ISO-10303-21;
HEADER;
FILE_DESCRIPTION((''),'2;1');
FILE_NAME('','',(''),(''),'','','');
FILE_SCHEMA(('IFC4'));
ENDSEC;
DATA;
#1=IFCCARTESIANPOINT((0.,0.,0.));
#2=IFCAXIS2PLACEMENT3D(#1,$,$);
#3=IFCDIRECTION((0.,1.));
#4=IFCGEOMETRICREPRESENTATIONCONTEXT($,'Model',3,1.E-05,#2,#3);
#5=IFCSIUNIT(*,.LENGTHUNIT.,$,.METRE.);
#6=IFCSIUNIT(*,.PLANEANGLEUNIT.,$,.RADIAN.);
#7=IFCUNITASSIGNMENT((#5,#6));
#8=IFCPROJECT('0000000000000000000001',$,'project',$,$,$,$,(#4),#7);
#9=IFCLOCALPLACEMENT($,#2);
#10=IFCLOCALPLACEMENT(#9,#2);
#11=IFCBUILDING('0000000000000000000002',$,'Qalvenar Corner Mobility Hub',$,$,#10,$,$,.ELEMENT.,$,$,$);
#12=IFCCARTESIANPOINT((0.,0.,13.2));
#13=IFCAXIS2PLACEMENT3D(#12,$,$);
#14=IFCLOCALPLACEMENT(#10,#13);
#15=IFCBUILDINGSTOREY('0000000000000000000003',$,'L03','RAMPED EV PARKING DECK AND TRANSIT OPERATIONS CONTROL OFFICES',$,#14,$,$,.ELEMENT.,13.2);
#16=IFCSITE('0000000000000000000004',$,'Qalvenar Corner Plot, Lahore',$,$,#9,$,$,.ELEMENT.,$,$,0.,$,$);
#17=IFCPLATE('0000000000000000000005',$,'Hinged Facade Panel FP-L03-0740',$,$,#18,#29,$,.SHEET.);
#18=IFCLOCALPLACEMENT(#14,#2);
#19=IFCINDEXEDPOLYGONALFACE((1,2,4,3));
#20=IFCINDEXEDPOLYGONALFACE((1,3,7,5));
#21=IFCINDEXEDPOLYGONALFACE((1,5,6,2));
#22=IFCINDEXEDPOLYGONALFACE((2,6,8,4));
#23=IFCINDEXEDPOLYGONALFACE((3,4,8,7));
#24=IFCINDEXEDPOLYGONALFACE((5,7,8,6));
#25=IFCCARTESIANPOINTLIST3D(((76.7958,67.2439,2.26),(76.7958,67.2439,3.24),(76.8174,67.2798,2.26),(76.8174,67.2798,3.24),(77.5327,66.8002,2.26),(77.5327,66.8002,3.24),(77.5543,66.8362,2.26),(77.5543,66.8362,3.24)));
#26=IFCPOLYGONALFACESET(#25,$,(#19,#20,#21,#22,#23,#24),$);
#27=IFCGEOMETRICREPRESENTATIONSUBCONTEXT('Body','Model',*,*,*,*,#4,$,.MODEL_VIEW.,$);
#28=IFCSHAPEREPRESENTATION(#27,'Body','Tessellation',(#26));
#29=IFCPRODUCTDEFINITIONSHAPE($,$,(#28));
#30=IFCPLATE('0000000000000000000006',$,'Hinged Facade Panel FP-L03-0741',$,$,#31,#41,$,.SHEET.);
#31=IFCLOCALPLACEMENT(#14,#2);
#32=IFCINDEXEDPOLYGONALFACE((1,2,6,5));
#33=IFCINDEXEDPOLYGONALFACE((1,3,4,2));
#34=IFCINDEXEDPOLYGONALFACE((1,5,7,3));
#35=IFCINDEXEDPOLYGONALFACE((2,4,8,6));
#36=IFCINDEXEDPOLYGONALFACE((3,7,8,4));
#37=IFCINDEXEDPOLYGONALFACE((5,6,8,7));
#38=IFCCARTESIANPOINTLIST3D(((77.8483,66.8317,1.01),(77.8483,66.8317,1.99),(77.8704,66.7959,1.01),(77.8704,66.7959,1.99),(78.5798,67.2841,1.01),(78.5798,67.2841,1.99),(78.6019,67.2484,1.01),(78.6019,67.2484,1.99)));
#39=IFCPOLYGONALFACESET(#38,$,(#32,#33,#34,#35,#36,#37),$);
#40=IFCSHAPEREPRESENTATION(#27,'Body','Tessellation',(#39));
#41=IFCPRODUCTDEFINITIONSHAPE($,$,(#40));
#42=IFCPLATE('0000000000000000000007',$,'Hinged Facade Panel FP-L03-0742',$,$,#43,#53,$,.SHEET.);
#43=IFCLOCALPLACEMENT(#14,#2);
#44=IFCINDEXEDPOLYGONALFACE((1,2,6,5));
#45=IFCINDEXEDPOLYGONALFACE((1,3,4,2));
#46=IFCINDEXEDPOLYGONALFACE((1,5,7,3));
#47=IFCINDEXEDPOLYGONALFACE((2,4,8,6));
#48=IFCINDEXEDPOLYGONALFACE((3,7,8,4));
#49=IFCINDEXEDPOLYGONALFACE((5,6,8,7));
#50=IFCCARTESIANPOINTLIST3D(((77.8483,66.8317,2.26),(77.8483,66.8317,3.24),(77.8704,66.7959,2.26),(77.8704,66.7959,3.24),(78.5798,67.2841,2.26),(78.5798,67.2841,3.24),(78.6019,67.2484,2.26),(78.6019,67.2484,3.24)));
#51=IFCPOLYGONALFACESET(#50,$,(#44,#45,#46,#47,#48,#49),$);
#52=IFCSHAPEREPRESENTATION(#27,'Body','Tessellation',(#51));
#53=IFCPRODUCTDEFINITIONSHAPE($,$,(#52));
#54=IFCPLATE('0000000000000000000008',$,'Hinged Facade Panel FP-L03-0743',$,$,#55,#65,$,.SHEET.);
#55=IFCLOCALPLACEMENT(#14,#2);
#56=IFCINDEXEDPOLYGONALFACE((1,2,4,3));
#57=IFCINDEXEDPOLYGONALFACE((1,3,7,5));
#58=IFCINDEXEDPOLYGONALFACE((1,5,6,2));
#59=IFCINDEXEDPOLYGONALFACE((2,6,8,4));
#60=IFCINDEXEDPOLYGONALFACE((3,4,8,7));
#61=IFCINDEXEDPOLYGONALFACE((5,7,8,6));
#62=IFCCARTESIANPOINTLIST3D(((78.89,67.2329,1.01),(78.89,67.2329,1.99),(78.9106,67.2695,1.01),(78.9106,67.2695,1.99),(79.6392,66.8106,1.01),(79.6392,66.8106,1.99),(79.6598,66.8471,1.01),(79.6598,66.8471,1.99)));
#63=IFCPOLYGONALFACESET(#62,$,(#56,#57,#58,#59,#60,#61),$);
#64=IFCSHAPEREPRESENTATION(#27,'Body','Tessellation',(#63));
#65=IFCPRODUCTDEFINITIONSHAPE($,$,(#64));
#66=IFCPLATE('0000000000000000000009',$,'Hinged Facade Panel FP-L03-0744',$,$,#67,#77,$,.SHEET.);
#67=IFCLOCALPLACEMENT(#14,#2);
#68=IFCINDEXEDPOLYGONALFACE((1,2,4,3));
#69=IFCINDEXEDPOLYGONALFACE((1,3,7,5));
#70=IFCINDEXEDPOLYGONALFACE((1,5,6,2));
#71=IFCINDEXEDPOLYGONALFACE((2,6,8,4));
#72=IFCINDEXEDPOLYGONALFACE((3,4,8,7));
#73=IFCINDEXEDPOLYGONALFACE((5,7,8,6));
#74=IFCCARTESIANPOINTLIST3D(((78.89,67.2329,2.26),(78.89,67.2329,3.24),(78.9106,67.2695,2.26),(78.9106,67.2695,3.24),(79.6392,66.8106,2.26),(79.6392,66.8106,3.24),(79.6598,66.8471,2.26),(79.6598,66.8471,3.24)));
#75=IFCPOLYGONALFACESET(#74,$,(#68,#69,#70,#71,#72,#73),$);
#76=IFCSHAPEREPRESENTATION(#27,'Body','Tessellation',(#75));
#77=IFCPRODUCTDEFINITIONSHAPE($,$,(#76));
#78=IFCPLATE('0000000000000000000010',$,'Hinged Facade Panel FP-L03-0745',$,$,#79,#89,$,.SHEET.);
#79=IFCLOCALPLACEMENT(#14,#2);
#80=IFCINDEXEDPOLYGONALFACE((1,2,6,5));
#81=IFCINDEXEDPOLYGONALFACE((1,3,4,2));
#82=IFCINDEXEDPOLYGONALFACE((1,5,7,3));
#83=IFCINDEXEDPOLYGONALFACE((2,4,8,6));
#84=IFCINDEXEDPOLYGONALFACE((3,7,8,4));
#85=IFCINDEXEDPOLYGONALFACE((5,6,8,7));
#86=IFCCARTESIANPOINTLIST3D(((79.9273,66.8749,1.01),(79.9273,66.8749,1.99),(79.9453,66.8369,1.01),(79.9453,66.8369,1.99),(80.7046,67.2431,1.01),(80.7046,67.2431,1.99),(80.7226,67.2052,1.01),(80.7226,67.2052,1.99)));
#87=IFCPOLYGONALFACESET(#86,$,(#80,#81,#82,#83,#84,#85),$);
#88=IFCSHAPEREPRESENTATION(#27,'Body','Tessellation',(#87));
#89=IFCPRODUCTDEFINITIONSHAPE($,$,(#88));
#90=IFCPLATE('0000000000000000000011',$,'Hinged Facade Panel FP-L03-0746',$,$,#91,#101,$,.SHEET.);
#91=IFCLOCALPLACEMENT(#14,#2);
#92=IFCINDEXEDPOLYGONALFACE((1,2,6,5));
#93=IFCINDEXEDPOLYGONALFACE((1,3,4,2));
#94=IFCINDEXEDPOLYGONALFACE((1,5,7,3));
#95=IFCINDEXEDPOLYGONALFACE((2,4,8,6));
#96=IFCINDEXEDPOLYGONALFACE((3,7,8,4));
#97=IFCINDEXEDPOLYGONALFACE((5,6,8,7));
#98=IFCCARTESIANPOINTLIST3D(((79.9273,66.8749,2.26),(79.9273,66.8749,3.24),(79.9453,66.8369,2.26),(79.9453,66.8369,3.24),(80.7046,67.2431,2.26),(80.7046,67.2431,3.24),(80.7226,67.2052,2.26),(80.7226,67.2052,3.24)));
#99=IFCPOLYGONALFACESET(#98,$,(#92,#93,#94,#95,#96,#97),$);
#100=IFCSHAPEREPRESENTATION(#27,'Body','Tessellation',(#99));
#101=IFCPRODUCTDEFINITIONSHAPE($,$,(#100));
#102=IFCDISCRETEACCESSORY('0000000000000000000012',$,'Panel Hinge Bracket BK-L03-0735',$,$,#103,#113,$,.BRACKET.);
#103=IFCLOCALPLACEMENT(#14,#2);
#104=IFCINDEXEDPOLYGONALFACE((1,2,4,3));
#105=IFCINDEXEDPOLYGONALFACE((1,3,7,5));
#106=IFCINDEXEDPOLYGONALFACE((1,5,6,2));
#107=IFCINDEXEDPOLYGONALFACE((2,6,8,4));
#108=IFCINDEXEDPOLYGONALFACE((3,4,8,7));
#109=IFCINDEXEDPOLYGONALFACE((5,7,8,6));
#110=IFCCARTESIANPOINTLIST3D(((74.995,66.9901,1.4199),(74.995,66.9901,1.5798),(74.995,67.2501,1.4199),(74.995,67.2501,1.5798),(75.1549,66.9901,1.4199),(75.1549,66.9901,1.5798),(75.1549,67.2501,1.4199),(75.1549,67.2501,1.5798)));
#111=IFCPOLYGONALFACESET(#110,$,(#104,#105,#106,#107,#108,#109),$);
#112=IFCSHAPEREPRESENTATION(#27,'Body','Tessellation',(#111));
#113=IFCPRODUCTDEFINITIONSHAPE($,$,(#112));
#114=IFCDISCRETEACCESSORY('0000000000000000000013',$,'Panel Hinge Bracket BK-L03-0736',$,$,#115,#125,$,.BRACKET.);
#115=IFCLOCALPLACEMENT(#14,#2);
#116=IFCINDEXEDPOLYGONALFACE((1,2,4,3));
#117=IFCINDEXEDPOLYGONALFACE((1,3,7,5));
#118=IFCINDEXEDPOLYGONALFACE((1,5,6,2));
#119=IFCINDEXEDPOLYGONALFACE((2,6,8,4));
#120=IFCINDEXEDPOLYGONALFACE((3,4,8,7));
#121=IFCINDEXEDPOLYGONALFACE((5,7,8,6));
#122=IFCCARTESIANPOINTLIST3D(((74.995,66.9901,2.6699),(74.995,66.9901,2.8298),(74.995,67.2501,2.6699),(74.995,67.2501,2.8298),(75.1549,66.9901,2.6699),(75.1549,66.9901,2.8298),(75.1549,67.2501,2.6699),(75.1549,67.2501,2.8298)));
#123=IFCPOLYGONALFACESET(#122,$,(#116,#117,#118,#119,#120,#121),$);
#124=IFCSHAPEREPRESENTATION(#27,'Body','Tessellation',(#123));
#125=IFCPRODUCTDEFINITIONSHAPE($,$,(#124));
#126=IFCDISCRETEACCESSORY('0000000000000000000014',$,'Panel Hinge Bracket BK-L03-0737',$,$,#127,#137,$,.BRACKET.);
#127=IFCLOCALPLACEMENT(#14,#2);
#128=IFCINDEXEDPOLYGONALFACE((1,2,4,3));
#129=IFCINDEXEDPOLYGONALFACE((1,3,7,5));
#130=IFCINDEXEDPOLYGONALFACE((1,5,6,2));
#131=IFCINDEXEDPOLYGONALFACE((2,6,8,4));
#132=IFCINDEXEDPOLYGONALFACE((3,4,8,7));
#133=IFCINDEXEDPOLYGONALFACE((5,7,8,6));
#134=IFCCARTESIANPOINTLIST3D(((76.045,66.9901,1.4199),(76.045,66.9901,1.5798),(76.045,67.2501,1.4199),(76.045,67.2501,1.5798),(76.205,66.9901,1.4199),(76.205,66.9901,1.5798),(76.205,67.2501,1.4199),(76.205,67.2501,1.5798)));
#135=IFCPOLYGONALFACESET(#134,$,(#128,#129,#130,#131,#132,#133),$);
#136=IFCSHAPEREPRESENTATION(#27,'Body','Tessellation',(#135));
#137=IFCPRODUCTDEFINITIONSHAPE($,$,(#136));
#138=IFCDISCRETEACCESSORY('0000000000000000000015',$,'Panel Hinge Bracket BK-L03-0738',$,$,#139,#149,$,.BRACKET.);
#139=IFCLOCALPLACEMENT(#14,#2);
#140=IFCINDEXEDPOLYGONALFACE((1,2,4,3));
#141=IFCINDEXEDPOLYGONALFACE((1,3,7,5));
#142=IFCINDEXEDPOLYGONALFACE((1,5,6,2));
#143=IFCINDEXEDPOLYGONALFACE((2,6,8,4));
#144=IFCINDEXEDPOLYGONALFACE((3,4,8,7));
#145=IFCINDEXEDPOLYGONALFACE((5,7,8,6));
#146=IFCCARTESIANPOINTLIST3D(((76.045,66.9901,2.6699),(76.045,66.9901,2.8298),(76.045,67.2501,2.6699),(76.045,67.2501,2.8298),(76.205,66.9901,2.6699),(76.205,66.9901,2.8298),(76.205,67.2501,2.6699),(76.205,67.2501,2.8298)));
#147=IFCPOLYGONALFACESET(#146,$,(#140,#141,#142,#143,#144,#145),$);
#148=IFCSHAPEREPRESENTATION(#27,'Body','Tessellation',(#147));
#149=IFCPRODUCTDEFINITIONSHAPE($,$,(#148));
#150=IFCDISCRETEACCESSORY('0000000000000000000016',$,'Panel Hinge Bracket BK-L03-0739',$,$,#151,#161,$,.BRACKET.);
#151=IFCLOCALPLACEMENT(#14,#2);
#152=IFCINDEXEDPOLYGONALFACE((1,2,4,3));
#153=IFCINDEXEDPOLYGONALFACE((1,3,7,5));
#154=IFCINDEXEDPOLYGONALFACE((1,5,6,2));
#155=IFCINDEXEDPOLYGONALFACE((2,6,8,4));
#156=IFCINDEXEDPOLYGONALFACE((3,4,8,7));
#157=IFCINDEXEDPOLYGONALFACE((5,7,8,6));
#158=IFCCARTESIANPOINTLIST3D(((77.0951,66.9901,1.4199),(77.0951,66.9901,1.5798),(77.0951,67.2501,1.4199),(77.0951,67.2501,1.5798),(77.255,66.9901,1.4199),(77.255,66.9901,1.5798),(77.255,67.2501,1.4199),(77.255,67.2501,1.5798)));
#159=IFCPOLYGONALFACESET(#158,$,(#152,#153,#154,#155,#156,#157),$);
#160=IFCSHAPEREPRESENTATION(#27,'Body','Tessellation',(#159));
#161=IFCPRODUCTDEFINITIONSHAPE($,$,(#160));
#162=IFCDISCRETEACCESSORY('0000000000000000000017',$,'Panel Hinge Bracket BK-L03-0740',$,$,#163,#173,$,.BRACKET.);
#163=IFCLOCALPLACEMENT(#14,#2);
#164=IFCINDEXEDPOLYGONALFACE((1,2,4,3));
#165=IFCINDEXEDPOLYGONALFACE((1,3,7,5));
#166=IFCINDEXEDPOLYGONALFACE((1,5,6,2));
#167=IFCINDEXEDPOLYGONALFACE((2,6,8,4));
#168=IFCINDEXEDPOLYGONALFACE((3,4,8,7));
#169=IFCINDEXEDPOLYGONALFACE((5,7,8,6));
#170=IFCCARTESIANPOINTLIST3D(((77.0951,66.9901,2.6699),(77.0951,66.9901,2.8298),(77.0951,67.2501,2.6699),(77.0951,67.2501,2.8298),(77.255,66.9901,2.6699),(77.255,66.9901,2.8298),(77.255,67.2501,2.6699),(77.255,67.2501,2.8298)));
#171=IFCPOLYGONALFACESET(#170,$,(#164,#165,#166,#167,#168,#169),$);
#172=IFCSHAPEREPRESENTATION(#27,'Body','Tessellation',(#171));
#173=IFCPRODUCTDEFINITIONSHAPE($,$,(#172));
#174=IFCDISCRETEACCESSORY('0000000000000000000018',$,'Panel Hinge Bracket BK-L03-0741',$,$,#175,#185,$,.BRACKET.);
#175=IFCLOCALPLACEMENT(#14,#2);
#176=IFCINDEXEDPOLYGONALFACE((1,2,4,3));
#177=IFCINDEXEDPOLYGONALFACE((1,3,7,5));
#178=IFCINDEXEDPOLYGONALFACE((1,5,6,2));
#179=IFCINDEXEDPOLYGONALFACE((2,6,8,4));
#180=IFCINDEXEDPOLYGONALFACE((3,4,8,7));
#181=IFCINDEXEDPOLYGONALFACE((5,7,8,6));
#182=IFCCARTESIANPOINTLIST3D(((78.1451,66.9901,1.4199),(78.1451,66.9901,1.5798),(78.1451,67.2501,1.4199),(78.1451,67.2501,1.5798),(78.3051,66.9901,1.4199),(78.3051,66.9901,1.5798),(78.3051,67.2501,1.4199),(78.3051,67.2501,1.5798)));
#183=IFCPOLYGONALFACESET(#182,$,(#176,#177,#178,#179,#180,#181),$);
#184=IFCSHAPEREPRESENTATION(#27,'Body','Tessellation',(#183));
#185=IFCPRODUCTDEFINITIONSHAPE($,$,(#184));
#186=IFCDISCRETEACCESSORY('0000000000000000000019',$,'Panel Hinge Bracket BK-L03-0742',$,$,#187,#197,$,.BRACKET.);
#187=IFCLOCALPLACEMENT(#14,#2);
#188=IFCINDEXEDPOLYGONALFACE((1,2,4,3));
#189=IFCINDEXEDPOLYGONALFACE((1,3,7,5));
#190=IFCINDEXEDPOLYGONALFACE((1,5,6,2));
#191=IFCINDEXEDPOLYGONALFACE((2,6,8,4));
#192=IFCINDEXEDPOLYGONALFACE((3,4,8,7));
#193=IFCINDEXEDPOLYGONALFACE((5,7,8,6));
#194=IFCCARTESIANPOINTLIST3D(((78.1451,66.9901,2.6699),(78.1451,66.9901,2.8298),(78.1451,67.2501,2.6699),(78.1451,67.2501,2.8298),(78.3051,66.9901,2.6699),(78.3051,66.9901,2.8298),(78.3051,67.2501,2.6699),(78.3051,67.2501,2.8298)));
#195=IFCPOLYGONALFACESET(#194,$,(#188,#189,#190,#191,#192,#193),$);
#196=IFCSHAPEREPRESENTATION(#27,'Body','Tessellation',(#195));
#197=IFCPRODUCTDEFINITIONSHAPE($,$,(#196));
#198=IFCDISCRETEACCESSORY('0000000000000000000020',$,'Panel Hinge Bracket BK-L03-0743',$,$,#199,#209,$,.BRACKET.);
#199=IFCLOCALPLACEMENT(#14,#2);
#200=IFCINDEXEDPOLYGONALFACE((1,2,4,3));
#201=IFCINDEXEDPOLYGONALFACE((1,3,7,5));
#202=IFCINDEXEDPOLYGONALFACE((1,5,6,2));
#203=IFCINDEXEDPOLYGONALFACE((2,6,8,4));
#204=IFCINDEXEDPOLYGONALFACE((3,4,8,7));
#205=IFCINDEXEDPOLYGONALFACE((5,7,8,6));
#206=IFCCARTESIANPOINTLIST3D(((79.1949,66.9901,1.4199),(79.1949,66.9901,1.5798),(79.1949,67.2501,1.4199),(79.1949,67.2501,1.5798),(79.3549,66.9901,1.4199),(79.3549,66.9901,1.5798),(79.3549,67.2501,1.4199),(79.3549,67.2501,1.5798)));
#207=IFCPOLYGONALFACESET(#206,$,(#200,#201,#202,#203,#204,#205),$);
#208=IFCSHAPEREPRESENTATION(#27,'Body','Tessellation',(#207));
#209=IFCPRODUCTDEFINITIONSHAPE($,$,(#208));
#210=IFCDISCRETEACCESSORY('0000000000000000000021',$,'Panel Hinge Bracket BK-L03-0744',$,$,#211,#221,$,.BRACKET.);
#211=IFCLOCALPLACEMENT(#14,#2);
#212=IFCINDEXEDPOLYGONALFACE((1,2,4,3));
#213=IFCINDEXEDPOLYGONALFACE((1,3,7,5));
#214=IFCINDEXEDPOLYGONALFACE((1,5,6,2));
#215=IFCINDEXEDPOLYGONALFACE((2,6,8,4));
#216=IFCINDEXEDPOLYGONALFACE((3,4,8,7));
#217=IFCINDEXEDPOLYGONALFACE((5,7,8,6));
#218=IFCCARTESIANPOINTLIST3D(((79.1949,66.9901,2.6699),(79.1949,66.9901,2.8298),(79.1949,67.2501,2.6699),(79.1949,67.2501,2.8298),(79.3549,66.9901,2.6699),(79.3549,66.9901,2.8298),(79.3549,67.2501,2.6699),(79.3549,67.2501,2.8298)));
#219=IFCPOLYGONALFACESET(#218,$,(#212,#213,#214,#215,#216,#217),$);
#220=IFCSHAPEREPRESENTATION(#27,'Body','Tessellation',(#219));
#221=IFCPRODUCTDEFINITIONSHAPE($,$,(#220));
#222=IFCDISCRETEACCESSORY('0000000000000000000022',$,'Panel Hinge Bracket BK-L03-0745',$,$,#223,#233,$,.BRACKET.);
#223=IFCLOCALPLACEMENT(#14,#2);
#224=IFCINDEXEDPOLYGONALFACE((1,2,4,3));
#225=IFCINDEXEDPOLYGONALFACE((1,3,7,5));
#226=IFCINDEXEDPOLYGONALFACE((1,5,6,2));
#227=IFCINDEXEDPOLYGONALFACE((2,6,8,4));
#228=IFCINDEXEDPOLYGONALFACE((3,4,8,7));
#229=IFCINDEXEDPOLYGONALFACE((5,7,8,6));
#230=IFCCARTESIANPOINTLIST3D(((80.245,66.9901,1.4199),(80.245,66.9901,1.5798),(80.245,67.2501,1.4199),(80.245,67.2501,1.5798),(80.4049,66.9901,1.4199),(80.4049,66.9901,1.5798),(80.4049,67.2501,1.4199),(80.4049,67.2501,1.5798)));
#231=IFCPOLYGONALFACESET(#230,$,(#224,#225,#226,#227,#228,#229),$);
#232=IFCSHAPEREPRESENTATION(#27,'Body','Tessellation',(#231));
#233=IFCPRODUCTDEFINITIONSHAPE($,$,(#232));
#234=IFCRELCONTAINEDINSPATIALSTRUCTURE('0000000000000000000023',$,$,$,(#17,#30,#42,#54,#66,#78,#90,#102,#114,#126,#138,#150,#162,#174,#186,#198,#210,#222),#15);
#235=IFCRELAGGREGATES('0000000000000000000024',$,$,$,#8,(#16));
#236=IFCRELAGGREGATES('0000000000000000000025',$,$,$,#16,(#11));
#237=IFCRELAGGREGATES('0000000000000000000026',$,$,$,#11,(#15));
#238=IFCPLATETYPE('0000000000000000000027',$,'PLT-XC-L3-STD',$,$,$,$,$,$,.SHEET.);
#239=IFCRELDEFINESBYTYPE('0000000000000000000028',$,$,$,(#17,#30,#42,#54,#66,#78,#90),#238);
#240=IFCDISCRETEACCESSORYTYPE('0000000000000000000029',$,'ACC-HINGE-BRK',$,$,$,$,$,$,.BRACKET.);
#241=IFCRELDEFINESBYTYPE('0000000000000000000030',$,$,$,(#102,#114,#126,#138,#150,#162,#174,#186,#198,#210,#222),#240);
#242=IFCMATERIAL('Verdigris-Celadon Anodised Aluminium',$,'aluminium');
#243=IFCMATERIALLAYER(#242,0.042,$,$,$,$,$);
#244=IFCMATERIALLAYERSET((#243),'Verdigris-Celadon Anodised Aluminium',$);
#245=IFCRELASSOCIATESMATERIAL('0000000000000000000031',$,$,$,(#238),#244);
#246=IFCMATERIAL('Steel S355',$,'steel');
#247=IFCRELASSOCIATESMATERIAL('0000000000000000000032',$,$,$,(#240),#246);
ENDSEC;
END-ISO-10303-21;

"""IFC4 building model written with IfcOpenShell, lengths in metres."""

from ifc_helpers import new_model, si_unit, direction, frame, origin, origin_2d, place, context, subcontext, project, spatial, rectangle, extrude, material, layer, layer_set, type_object, element, save


model = new_model("IFC4")

# Units and contexts
model_context = context("Model", 3, precision=1e-05, world=origin(), true_north=direction((0.0, 1.0)))
body_context = subcontext(model_context, "Body", "Model", "MODEL_VIEW")
ifc_project = project(units=[si_unit("LENGTHUNIT", "METRE"), si_unit("PLANEANGLEUNIT", "RADIAN")], contexts=[model_context])

# Site, building, storey
site_placement = place(None, origin())
site = spatial("IfcSite", under=ifc_project, at=site_placement, Name="Qalvenar Corner Plot, Lahore", CompositionType="ELEMENT", RefElevation=0.0)
building_placement = place(site_placement, origin())
building = spatial("IfcBuilding", under=site, at=building_placement, Name="Qalvenar Corner Mobility Hub", CompositionType="ELEMENT")
storey_placement = place(building_placement, frame((0.0, 0.0, 13.2)))
storey = spatial("IfcBuildingStorey", under=building, at=storey_placement, Name="L03", Description="RAMPED EV PARKING DECK AND TRANSIT OPERATIONS CONTROL OFFICES", CompositionType="ELEMENT", Elevation=13.2)

# Shared definitions
ifc_material_1 = material(Name="Steel S355", Category="steel")

# Plates
ifc_material_2 = material(Name="Verdigris-Celadon Anodised Aluminium", Category="aluminium")
ifc_layer = layer(ifc_material_2, 0.042)
ifc_layer_set = layer_set([ifc_layer], Name="Verdigris-Celadon Anodised Aluminium")
plate_type = type_object("IfcPlateType", Name="PLT-XC-L3-STD", PredefinedType="SHEET", material=ifc_layer_set)
for number, where, z_axis, x_axis, name in (
    (1, (77.175, 67.04, 2.26), (0.0, 0.0, 1.0), (0.856718, -0.515786, 0.0), "Hinged Facade Panel FP-L03-0740"),
    (2, (78.2251, 67.04, 1.01), (0.0, 0.0, 1.0), (0.850444, 0.526066, 0.0), "Hinged Facade Panel FP-L03-0741"),
    (3, (78.2251, 67.04, 2.26), (0.0, 0.0, 1.0), (0.850444, 0.526066, 0.0), "Hinged Facade Panel FP-L03-0742"),
    (4, (79.2749, 67.04, 1.01), (0.0, 0.0, 1.0), (0.871128, -0.491056, 0.0), "Hinged Facade Panel FP-L03-0743"),
    (5, (79.2749, 67.04, 2.26), (0.0, 0.0, 1.0), (0.871128, -0.491056, 0.0), "Hinged Facade Panel FP-L03-0744"),
    (6, (80.325, 67.04, 1.01), (0.0, 0.0, 1.0), (0.903709, 0.428147, 0.0), "Hinged Facade Panel FP-L03-0745"),
    (7, (80.325, 67.04, 2.26), (0.0, 0.0, 1.0), (0.903709, 0.428147, 0.0), "Hinged Facade Panel FP-L03-0746"),
):
    element("IfcPlate", number, at=place(storey_placement, frame(where, z_axis=z_axis, x_axis=x_axis)), inside=storey, type_object=plate_type, Name=name, PredefinedType="SHEET", context=body_context, shape_type="SweptSolid", body=[
        extrude(rectangle(XDim=0.8601, YDim=0.042, at=origin_2d()), origin(), (0.0, 0.0, 1.0), 0.98),
    ])

# Discrete accessories
discrete_accessory_type = type_object("IfcDiscreteAccessoryType", Name="ACC-HINGE-BRK", PredefinedType="BRACKET", material=ifc_material_1)
for number, where, z_axis, x_axis, name in (
    (8, (75.075, 67.1201, 1.4199), (0.0, 0.0, 1.0), (1.0, 0.0, 0.0), "Panel Hinge Bracket BK-L03-0735"),
    (9, (75.075, 67.1201, 2.6699), (0.0, 0.0, 1.0), (1.0, 0.0, 0.0), "Panel Hinge Bracket BK-L03-0736"),
    (10, (76.125, 67.1201, 1.4199), (0.0, 0.0, 1.0), (1.0, 0.0, 0.0), "Panel Hinge Bracket BK-L03-0737"),
    (11, (76.125, 67.1201, 2.6699), (0.0, 0.0, 1.0), (1.0, 0.0, 0.0), "Panel Hinge Bracket BK-L03-0738"),
    (12, (77.175, 67.1201, 1.4199), (0.0, 0.0, 1.0), (1.0, 0.0, 0.0), "Panel Hinge Bracket BK-L03-0739"),
    (13, (77.175, 67.1201, 2.6699), (0.0, 0.0, 1.0), (1.0, 0.0, 0.0), "Panel Hinge Bracket BK-L03-0740"),
    (14, (78.2251, 67.1201, 1.4199), (0.0, 0.0, 1.0), (1.0, 0.0, 0.0), "Panel Hinge Bracket BK-L03-0741"),
    (15, (78.2251, 67.1201, 2.6699), (0.0, 0.0, 1.0), (1.0, 0.0, 0.0), "Panel Hinge Bracket BK-L03-0742"),
    (16, (79.2749, 67.1201, 1.4199), (0.0, 0.0, 1.0), (1.0, 0.0, 0.0), "Panel Hinge Bracket BK-L03-0743"),
    (17, (79.2749, 67.1201, 2.6699), (0.0, 0.0, 1.0), (1.0, 0.0, 0.0), "Panel Hinge Bracket BK-L03-0744"),
    (18, (80.325, 67.1201, 1.4199), (0.0, 0.0, 1.0), (1.0, 0.0, 0.0), "Panel Hinge Bracket BK-L03-0745"),
):
    element("IfcDiscreteAccessory", number, at=place(storey_placement, frame(where, z_axis=z_axis, x_axis=x_axis)), inside=storey, type_object=discrete_accessory_type, Name=name, PredefinedType="BRACKET", context=body_context, shape_type="SweptSolid", body=[
        extrude(rectangle(XDim=0.1599, YDim=0.26, at=origin_2d()), origin(), (0.0, 0.0, 1.0), 0.1599),
    ])

save(model, "model.ifc")
